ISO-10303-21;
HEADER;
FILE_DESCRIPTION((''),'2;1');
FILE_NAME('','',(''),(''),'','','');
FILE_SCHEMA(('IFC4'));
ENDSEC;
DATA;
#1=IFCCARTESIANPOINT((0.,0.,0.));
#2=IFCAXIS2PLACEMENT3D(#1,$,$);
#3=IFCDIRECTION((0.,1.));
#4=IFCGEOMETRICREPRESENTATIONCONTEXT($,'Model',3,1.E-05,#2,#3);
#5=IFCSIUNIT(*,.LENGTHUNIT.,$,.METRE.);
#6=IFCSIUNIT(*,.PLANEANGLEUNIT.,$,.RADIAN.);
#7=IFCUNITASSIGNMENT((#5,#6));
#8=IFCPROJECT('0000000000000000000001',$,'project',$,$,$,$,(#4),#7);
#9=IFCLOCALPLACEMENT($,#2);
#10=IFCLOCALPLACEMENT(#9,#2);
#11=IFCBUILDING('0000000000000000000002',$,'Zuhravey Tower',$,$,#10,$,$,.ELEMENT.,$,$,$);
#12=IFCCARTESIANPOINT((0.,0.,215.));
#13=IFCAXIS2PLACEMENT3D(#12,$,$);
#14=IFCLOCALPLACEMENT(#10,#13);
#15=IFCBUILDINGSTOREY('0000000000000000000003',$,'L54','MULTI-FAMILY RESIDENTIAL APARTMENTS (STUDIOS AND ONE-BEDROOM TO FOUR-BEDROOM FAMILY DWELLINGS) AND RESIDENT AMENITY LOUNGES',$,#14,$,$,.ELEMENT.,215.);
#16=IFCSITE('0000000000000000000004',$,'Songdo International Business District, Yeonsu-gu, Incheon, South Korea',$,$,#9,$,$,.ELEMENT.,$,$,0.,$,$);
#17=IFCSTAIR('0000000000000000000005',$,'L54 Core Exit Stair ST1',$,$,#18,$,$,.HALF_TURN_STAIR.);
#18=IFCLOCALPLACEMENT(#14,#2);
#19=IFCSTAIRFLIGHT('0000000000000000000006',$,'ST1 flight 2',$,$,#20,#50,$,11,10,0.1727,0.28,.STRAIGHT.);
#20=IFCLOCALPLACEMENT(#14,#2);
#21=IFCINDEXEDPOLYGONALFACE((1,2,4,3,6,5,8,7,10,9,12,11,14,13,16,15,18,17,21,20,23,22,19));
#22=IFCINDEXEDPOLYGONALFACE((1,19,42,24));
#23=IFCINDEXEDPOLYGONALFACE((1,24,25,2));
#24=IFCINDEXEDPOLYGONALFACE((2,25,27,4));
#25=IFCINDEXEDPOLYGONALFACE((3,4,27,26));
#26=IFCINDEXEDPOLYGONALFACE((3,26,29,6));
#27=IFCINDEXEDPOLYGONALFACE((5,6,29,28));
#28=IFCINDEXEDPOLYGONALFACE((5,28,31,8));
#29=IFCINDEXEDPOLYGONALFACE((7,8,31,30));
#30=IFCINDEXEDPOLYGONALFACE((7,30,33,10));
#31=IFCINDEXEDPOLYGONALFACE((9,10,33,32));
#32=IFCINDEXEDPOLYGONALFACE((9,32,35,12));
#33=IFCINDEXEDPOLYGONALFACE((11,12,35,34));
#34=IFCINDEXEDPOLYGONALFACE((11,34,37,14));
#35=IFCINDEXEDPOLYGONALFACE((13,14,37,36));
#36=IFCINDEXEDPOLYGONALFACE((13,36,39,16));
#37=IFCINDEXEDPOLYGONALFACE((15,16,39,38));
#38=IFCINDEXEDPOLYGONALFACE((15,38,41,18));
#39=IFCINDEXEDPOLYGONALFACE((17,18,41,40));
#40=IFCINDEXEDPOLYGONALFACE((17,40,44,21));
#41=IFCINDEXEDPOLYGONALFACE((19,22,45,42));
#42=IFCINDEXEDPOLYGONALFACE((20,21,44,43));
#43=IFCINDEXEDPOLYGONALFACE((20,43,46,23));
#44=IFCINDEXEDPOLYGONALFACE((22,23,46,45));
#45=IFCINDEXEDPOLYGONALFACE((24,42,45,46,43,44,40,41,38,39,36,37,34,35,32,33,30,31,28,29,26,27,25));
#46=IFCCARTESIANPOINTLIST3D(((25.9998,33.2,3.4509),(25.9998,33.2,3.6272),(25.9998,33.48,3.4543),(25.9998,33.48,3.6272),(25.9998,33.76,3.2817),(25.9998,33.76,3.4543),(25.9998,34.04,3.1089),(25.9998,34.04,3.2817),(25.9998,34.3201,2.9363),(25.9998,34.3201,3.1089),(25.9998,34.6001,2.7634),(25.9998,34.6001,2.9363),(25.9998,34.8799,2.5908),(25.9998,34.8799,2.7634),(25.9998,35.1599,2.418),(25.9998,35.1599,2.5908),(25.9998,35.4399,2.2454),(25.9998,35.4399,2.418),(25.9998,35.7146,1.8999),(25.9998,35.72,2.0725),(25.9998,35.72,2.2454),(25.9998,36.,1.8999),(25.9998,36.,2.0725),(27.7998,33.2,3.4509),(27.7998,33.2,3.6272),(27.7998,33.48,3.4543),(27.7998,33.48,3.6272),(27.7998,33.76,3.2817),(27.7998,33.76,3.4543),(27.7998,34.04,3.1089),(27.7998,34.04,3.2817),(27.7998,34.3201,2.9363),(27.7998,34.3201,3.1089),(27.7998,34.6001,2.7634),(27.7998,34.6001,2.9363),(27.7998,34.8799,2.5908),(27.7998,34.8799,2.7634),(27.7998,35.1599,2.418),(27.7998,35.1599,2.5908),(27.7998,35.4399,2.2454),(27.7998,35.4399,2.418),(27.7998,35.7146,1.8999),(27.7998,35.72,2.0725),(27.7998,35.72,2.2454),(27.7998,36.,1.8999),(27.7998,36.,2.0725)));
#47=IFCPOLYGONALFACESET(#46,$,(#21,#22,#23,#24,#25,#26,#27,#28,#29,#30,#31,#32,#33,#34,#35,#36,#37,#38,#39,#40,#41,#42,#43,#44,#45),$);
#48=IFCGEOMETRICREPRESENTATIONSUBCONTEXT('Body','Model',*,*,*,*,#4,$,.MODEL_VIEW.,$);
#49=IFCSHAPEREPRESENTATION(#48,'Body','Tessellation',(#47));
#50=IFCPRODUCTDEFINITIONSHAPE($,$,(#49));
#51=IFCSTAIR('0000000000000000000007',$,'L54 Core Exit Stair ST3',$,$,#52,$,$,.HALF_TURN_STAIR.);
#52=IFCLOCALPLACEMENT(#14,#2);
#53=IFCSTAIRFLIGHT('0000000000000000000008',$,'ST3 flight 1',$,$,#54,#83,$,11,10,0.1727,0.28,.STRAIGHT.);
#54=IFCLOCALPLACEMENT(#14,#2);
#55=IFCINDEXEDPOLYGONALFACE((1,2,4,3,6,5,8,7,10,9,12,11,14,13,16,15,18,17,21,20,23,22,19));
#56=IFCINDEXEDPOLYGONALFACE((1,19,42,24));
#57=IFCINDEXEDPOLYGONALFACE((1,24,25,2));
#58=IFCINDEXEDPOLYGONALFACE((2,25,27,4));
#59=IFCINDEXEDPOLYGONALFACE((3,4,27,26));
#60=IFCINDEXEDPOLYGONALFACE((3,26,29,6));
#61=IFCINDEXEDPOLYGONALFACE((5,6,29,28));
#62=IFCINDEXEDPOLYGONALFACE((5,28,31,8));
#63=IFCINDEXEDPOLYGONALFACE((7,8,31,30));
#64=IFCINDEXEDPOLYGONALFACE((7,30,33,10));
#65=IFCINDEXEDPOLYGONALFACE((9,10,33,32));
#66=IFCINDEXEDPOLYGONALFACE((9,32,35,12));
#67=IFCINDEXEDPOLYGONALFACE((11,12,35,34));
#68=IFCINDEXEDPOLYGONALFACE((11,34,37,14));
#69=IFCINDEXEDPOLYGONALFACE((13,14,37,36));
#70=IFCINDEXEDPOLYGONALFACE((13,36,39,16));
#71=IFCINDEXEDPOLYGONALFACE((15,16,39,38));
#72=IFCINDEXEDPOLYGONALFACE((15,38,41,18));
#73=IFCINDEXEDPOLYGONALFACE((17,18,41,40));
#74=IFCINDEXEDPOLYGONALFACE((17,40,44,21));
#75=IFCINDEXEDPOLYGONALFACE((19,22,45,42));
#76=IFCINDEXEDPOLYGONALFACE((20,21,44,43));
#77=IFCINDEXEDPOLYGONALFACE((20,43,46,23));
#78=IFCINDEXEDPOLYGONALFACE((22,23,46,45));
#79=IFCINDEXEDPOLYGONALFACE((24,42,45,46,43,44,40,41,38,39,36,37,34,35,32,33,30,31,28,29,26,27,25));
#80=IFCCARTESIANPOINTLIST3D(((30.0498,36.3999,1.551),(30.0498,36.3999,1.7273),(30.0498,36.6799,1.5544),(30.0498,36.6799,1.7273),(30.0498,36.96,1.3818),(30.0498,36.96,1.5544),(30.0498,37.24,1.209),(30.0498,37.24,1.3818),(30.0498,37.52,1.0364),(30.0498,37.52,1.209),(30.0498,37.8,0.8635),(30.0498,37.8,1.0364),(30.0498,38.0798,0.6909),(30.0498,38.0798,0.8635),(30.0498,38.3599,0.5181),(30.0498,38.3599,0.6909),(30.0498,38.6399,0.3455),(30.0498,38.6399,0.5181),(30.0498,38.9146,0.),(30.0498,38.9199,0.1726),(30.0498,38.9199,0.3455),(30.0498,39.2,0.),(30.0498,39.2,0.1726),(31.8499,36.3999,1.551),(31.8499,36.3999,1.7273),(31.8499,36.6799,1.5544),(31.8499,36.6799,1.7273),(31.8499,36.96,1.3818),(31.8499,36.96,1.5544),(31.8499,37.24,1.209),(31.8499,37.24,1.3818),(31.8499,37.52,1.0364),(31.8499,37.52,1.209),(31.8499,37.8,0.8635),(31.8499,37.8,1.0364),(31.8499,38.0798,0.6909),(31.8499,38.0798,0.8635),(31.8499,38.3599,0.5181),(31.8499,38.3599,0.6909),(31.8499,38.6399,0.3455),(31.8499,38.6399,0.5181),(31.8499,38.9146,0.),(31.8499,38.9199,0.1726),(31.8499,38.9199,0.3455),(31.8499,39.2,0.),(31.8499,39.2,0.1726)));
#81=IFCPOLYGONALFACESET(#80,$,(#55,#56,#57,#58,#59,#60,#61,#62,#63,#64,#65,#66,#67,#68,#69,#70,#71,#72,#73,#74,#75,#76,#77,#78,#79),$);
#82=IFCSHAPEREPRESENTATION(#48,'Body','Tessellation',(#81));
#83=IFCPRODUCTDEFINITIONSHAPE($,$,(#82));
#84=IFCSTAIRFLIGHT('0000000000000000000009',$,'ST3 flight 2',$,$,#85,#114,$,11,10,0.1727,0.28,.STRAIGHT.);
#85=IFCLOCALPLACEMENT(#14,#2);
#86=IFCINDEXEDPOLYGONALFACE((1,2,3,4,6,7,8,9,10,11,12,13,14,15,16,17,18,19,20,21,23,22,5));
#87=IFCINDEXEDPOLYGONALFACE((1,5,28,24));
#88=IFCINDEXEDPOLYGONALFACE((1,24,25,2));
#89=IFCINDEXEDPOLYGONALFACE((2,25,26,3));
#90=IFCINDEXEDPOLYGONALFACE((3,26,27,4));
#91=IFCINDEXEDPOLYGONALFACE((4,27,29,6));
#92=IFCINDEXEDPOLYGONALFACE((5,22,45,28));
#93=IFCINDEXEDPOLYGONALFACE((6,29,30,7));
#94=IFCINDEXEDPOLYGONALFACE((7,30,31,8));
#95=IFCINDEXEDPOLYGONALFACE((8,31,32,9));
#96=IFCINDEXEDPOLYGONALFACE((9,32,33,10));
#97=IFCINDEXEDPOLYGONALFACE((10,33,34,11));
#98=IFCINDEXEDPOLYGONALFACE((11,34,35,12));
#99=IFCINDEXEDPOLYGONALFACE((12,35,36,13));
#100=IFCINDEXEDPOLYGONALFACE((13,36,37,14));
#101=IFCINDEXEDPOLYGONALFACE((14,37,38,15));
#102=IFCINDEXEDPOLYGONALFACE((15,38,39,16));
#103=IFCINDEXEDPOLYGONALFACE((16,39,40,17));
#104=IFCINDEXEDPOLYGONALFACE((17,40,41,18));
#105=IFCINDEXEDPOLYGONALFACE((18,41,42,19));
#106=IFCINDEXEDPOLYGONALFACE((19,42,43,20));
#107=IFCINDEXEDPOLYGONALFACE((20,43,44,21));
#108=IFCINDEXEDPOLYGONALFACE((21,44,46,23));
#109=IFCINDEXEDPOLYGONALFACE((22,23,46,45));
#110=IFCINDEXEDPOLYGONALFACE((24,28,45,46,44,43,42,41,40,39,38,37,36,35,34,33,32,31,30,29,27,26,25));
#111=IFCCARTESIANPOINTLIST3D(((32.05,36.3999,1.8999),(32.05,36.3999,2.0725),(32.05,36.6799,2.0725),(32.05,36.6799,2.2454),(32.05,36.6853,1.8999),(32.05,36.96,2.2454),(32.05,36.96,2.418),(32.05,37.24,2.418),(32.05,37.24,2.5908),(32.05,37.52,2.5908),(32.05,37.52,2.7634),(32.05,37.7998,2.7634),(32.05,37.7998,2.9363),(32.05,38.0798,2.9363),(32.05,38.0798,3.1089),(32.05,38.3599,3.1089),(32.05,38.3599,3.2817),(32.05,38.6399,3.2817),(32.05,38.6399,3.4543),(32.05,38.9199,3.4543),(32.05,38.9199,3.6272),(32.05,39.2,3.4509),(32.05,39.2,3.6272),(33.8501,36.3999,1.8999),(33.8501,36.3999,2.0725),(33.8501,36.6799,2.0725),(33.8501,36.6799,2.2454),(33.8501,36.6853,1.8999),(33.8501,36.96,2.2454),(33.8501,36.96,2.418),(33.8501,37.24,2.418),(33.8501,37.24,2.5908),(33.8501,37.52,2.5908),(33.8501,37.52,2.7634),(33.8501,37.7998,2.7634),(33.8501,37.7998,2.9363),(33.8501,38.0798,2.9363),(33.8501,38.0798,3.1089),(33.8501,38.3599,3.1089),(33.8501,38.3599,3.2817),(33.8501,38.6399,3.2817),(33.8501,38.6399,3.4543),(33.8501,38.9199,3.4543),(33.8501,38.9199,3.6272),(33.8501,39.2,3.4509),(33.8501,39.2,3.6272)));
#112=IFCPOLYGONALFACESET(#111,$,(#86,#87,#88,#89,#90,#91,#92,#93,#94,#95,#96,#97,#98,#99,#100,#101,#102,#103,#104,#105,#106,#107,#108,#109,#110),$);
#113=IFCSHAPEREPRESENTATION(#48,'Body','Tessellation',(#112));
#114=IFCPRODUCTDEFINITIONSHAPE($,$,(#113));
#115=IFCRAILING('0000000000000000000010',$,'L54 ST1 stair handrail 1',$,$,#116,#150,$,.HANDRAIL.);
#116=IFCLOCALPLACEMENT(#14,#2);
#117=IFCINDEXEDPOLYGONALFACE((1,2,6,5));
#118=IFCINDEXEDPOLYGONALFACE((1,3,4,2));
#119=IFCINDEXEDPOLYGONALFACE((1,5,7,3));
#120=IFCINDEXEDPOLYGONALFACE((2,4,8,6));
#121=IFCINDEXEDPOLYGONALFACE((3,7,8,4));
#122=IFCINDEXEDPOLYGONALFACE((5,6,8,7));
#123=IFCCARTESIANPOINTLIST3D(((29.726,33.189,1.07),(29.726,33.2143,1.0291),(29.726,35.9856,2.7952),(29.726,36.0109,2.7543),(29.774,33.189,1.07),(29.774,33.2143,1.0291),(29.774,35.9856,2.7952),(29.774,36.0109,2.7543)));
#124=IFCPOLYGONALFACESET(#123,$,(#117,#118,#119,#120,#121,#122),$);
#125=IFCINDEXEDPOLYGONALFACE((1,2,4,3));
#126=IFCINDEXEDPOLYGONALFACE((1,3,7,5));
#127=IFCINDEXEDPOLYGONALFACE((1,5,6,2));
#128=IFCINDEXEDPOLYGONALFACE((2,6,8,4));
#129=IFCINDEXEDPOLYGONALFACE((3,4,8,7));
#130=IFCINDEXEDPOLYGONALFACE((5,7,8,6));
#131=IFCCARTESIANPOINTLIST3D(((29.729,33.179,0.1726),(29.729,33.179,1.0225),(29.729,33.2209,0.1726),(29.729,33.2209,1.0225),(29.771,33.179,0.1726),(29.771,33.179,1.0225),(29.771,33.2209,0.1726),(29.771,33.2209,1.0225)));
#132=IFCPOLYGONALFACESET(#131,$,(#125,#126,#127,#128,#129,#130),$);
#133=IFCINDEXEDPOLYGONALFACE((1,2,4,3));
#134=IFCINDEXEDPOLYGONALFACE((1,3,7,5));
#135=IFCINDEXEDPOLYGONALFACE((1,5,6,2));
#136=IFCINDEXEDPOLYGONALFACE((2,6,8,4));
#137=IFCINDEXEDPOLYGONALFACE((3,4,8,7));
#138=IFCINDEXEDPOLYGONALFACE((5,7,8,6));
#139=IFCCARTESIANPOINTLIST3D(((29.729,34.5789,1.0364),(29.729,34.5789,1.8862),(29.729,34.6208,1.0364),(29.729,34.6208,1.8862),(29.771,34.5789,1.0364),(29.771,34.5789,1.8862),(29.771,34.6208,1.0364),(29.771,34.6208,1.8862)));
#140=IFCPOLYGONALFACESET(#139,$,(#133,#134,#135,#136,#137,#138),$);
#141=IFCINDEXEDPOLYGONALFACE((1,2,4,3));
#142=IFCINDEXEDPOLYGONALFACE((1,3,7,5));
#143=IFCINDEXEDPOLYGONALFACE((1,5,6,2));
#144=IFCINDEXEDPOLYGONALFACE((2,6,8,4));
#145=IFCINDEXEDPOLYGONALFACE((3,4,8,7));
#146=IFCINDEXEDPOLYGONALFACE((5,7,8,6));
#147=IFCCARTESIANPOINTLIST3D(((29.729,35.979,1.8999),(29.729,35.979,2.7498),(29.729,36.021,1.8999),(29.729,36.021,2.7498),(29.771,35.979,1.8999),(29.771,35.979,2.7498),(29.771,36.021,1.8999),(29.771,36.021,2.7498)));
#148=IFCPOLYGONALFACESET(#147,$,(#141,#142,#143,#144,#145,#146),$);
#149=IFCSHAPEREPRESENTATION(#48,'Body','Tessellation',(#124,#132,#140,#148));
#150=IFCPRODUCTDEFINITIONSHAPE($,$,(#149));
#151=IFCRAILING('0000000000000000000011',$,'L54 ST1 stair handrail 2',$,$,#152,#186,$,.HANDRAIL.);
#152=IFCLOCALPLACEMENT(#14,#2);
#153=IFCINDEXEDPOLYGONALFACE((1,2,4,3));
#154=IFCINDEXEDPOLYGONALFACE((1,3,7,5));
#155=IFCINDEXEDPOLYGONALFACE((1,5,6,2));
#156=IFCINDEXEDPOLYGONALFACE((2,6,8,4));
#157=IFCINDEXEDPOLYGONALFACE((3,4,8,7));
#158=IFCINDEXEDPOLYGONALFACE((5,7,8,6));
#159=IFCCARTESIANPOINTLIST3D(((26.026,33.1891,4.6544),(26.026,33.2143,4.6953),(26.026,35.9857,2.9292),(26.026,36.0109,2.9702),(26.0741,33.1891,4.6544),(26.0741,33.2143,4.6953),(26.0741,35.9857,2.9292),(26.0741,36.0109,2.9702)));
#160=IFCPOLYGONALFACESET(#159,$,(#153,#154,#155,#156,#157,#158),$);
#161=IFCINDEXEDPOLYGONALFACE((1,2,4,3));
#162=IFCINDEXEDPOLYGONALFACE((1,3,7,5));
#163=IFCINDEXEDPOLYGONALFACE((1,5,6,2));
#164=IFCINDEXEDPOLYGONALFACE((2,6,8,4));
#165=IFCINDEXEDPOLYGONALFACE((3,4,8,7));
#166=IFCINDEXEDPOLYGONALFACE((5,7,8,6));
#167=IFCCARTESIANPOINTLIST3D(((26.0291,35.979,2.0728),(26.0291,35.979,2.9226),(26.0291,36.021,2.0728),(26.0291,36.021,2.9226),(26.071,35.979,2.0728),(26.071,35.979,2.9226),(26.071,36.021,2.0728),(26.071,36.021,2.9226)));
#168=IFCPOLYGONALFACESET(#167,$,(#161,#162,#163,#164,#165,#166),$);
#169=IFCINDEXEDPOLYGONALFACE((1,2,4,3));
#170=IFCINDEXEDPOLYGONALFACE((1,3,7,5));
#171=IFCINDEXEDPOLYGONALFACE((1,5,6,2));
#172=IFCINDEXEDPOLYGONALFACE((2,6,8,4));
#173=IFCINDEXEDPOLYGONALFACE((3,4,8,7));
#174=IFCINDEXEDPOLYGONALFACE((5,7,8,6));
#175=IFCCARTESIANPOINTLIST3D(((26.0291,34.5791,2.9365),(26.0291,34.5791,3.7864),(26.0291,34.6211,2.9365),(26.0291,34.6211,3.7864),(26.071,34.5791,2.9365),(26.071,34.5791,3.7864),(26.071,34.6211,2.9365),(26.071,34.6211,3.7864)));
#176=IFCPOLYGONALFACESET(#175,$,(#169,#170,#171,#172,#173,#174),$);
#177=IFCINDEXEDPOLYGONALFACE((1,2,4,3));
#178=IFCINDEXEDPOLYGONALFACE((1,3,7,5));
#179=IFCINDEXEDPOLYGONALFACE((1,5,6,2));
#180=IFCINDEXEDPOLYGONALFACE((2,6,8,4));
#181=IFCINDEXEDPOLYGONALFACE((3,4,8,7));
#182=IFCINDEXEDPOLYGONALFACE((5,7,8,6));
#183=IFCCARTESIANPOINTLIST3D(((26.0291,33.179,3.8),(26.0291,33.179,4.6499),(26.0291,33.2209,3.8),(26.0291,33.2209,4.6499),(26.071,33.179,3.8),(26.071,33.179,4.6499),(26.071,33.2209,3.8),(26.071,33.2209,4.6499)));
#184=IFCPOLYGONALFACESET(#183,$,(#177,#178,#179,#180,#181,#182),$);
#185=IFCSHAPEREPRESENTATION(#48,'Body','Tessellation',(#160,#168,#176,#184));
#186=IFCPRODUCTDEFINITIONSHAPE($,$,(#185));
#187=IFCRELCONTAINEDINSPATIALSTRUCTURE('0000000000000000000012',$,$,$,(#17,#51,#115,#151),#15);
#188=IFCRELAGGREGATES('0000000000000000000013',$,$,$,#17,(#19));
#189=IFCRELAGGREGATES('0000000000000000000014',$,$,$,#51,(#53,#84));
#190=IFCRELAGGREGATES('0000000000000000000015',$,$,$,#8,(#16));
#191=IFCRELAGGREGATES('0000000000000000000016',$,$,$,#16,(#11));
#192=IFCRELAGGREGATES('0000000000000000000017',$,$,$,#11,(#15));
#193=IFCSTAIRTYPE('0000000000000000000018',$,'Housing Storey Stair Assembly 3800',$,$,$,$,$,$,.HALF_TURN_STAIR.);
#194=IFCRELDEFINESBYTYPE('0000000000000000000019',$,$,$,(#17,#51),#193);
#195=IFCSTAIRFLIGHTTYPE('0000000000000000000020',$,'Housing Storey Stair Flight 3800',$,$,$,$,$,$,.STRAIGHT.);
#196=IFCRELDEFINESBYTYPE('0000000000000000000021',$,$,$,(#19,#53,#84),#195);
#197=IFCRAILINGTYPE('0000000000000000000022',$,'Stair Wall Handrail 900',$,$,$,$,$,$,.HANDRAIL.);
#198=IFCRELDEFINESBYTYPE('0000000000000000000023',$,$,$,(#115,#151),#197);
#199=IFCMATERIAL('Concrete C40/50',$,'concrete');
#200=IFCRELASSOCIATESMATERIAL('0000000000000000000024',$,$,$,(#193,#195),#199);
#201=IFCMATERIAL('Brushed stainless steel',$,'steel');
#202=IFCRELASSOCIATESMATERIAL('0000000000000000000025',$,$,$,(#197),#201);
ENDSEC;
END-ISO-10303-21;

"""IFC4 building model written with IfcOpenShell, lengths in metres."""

from ifc_helpers import new_model, si_unit, direction, frame, origin, origin_2d, place, context, subcontext, project, spatial, polyline, rectangle, outline, extrude, material, type_object, element, aggregate, save


model = new_model("IFC4")

# Units and contexts
model_context = context("Model", 3, precision=1e-05, world=origin(), true_north=direction((0.0, 1.0)))
body_context = subcontext(model_context, "Body", "Model", "MODEL_VIEW")
ifc_project = project(units=[si_unit("LENGTHUNIT", "METRE"), si_unit("PLANEANGLEUNIT", "RADIAN")], contexts=[model_context])

# Site, building, storey
site_placement = place(None, origin())
site = spatial("IfcSite", under=ifc_project, at=site_placement, Name="Songdo International Business District, Yeonsu-gu, Incheon, South Korea", CompositionType="ELEMENT", RefElevation=0.0)
building_placement = place(site_placement, origin())
building = spatial("IfcBuilding", under=site, at=building_placement, Name="Zuhravey Tower", CompositionType="ELEMENT")
storey_placement = place(building_placement, frame((0.0, 0.0, 215.0)))
storey = spatial("IfcBuildingStorey", under=building, at=storey_placement, Name="L54", Description="MULTI-FAMILY RESIDENTIAL APARTMENTS (STUDIOS AND ONE-BEDROOM TO FOUR-BEDROOM FAMILY DWELLINGS) AND RESIDENT AMENITY LOUNGES", CompositionType="ELEMENT", Elevation=215.0)

# Stairs, stair flights
ifc_material_1 = material(Name="Concrete C40/50", Category="concrete")
stair_type = type_object("IfcStairType", Name="Housing Storey Stair Assembly 3800", PredefinedType="HALF_TURN_STAIR", material=ifc_material_1)
stair_1_placement = place(storey_placement, origin())
stair_1 = element("IfcStair", 1, at=stair_1_placement, inside=storey, type_object=stair_type, Name="L54 Core Exit Stair ST1", PredefinedType="HALF_TURN_STAIR")
stair_flight_type = type_object("IfcStairFlightType", Name="Housing Storey Stair Flight 3800", PredefinedType="STRAIGHT", material=ifc_material_1)
stair_flight_1_placement = place(storey_placement, frame((26.8999, 36.0, 1.8999), z_axis=(0.0, 0.0, 1.0), x_axis=(0.0, -1.0, 0.0)))
stair_flight_1 = element("IfcStairFlight", 2, at=stair_flight_1_placement, type_object=stair_flight_type, Name="ST1 flight 2", NumberOfRisers=11, NumberOfTreads=10, PredefinedType="STRAIGHT", RiserHeight=0.1727, TreadLength=0.28, context=body_context, shape_type="SweptSolid", body=[
    extrude(outline(polyline([(0.0, 0.0), (0.0, 0.1726), (0.28, 0.1726), (0.28, 0.3455), (0.5601, 0.3455), (0.5601, 0.5181), (0.8401, 0.5181), (0.8401, 0.6909), (1.1201, 0.6909), (1.1201, 0.8635), (1.3999, 0.8635), (1.3999, 1.0364), (1.6799, 1.0364), (1.6799, 1.209), (1.96, 1.209), (1.96, 1.3818), (2.24, 1.3818), (2.24, 1.5544), (2.52, 1.5544), (2.52, 1.7273), (2.8, 1.7273), (2.8, 1.8999), (2.8, 1.551), (0.2854, 0.0), (0.0, 0.0)])), frame((0.0, 0.8999, 0.0), z_axis=(0.0, -1.0, 0.0), x_axis=(1.0, 0.0, 0.0)), (0.0, 0.0, 1.0), 1.8),
])
aggregate(stair_1, [stair_flight_1])
stair_2_placement = place(storey_placement, origin())
stair_2 = element("IfcStair", 3, at=stair_2_placement, inside=storey, type_object=stair_type, Name="L54 Core Exit Stair ST3", PredefinedType="HALF_TURN_STAIR")
stair_flight_2_placement = place(storey_placement, frame((30.95, 39.2, 0.0), z_axis=(0.0, 0.0, 1.0), x_axis=(0.0, -1.0, 0.0)))
stair_flight_2 = element("IfcStairFlight", 4, at=stair_flight_2_placement, type_object=stair_flight_type, Name="ST3 flight 1", NumberOfRisers=11, NumberOfTreads=10, PredefinedType="STRAIGHT", RiserHeight=0.1727, TreadLength=0.28, context=body_context, shape_type="SweptSolid", body=[
    extrude(outline(polyline([(0.0, 0.0), (0.0, 0.1726), (0.28, 0.1726), (0.28, 0.3455), (0.5601, 0.3455), (0.5601, 0.5181), (0.8401, 0.5181), (0.8401, 0.6909), (1.1201, 0.6909), (1.1201, 0.8635), (1.3999, 0.8635), (1.3999, 1.0364), (1.6799, 1.0364), (1.6799, 1.209), (1.96, 1.209), (1.96, 1.3818), (2.24, 1.3818), (2.24, 1.5544), (2.52, 1.5544), (2.52, 1.7273), (2.8, 1.7273), (2.8, 1.8999), (2.8, 1.551), (0.2854, 0.0), (0.0, 0.0)])), frame((0.0, 0.8999, 0.0), z_axis=(0.0, -1.0, 0.0), x_axis=(1.0, 0.0, 0.0)), (0.0, 0.0, 1.0), 1.8),
])
stair_flight_3_placement = place(storey_placement, frame((32.95, 36.3999, 1.8999), z_axis=(0.0, 0.0, 1.0), x_axis=(0.0, 1.0, 0.0)))
stair_flight_3 = element("IfcStairFlight", 5, at=stair_flight_3_placement, type_object=stair_flight_type, Name="ST3 flight 2", NumberOfRisers=11, NumberOfTreads=10, PredefinedType="STRAIGHT", RiserHeight=0.1727, TreadLength=0.28, context=body_context, shape_type="SweptSolid", body=[
    extrude(outline(polyline([(0.0, 0.0), (0.0, 0.1726), (0.28, 0.1726), (0.28, 0.3455), (0.5601, 0.3455), (0.5601, 0.5181), (0.8401, 0.5181), (0.8401, 0.6909), (1.1201, 0.6909), (1.1201, 0.8635), (1.3999, 0.8635), (1.3999, 1.0364), (1.6799, 1.0364), (1.6799, 1.209), (1.96, 1.209), (1.96, 1.3818), (2.24, 1.3818), (2.24, 1.5544), (2.52, 1.5544), (2.52, 1.7273), (2.8, 1.7273), (2.8, 1.8999), (2.8, 1.551), (0.2854, 0.0), (0.0, 0.0)])), frame((0.0, 0.8999, 0.0), z_axis=(0.0, -1.0, 0.0), x_axis=(1.0, 0.0, 0.0)), (0.0, 0.0, 1.0), 1.8),
])
aggregate(stair_2, [stair_flight_2, stair_flight_3])

# Railings
ifc_material_2 = material(Name="Brushed stainless steel", Category="steel")
railing_type_1 = type_object("IfcRailingType", Name="Stair Wall Handrail 900", PredefinedType="HANDRAIL", material=ifc_material_2)
railing_1_placement = place(storey_placement, frame((29.75, 33.2, 0.1726)))
element("IfcRailing", 6, at=railing_1_placement, inside=storey, type_object=railing_type_1, Name="L54 ST1 stair handrail 1", PredefinedType="HANDRAIL", context=body_context, shape_type="SweptSolid", body=[
    extrude(rectangle(XDim=0.0481, YDim=0.0481, at=origin_2d()), frame((0.0, 0.0017, 0.877), z_axis=(0.0, 0.85109, 0.52502), x_axis=(-1.0, 0.0, 0.0)), (0.0, 0.0, 1.0), 3.2859),
    extrude(rectangle(XDim=0.042, YDim=0.042, at=origin_2d()), origin(), (0.0, 0.0, 1.0), 0.8499),
    extrude(rectangle(XDim=0.042, YDim=0.042, at=origin_2d()), frame((0.0, 1.3999, 0.8638)), (0.0, 0.0, 1.0), 0.8499),
    extrude(rectangle(XDim=0.042, YDim=0.042, at=origin_2d()), frame((0.0, 2.8, 1.7273)), (0.0, 0.0, 1.0), 0.8499),
])
for number, where, name in (
    (7, (26.05, 36.0, 2.0728), "L54 ST1 stair handrail 2"),
):
    element("IfcRailing", number, at=place(storey_placement, frame(where)), inside=storey, type_object=railing_type_1, Name=name, PredefinedType="HANDRAIL", context=body_context, shape_type="SweptSolid", body=[
        extrude(rectangle(XDim=0.0481, YDim=0.0481, at=origin_2d()), frame((0.0, -0.0017, 0.877), z_axis=(0.0, -0.85109, 0.52502), x_axis=(1.0, 0.0, 0.0)), (0.0, 0.0, 1.0), 3.2859),
        extrude(rectangle(XDim=0.042, YDim=0.042, at=origin_2d()), origin(), (0.0, 0.0, 1.0), 0.8499),
        extrude(rectangle(XDim=0.042, YDim=0.042, at=origin_2d()), frame((0.0, -1.3999, 0.8638)), (0.0, 0.0, 1.0), 0.8499),
        extrude(rectangle(XDim=0.042, YDim=0.042, at=origin_2d()), frame((0.0, -2.8, 1.7273)), (0.0, 0.0, 1.0), 0.8499),
    ])

save(model, "model.ifc")
